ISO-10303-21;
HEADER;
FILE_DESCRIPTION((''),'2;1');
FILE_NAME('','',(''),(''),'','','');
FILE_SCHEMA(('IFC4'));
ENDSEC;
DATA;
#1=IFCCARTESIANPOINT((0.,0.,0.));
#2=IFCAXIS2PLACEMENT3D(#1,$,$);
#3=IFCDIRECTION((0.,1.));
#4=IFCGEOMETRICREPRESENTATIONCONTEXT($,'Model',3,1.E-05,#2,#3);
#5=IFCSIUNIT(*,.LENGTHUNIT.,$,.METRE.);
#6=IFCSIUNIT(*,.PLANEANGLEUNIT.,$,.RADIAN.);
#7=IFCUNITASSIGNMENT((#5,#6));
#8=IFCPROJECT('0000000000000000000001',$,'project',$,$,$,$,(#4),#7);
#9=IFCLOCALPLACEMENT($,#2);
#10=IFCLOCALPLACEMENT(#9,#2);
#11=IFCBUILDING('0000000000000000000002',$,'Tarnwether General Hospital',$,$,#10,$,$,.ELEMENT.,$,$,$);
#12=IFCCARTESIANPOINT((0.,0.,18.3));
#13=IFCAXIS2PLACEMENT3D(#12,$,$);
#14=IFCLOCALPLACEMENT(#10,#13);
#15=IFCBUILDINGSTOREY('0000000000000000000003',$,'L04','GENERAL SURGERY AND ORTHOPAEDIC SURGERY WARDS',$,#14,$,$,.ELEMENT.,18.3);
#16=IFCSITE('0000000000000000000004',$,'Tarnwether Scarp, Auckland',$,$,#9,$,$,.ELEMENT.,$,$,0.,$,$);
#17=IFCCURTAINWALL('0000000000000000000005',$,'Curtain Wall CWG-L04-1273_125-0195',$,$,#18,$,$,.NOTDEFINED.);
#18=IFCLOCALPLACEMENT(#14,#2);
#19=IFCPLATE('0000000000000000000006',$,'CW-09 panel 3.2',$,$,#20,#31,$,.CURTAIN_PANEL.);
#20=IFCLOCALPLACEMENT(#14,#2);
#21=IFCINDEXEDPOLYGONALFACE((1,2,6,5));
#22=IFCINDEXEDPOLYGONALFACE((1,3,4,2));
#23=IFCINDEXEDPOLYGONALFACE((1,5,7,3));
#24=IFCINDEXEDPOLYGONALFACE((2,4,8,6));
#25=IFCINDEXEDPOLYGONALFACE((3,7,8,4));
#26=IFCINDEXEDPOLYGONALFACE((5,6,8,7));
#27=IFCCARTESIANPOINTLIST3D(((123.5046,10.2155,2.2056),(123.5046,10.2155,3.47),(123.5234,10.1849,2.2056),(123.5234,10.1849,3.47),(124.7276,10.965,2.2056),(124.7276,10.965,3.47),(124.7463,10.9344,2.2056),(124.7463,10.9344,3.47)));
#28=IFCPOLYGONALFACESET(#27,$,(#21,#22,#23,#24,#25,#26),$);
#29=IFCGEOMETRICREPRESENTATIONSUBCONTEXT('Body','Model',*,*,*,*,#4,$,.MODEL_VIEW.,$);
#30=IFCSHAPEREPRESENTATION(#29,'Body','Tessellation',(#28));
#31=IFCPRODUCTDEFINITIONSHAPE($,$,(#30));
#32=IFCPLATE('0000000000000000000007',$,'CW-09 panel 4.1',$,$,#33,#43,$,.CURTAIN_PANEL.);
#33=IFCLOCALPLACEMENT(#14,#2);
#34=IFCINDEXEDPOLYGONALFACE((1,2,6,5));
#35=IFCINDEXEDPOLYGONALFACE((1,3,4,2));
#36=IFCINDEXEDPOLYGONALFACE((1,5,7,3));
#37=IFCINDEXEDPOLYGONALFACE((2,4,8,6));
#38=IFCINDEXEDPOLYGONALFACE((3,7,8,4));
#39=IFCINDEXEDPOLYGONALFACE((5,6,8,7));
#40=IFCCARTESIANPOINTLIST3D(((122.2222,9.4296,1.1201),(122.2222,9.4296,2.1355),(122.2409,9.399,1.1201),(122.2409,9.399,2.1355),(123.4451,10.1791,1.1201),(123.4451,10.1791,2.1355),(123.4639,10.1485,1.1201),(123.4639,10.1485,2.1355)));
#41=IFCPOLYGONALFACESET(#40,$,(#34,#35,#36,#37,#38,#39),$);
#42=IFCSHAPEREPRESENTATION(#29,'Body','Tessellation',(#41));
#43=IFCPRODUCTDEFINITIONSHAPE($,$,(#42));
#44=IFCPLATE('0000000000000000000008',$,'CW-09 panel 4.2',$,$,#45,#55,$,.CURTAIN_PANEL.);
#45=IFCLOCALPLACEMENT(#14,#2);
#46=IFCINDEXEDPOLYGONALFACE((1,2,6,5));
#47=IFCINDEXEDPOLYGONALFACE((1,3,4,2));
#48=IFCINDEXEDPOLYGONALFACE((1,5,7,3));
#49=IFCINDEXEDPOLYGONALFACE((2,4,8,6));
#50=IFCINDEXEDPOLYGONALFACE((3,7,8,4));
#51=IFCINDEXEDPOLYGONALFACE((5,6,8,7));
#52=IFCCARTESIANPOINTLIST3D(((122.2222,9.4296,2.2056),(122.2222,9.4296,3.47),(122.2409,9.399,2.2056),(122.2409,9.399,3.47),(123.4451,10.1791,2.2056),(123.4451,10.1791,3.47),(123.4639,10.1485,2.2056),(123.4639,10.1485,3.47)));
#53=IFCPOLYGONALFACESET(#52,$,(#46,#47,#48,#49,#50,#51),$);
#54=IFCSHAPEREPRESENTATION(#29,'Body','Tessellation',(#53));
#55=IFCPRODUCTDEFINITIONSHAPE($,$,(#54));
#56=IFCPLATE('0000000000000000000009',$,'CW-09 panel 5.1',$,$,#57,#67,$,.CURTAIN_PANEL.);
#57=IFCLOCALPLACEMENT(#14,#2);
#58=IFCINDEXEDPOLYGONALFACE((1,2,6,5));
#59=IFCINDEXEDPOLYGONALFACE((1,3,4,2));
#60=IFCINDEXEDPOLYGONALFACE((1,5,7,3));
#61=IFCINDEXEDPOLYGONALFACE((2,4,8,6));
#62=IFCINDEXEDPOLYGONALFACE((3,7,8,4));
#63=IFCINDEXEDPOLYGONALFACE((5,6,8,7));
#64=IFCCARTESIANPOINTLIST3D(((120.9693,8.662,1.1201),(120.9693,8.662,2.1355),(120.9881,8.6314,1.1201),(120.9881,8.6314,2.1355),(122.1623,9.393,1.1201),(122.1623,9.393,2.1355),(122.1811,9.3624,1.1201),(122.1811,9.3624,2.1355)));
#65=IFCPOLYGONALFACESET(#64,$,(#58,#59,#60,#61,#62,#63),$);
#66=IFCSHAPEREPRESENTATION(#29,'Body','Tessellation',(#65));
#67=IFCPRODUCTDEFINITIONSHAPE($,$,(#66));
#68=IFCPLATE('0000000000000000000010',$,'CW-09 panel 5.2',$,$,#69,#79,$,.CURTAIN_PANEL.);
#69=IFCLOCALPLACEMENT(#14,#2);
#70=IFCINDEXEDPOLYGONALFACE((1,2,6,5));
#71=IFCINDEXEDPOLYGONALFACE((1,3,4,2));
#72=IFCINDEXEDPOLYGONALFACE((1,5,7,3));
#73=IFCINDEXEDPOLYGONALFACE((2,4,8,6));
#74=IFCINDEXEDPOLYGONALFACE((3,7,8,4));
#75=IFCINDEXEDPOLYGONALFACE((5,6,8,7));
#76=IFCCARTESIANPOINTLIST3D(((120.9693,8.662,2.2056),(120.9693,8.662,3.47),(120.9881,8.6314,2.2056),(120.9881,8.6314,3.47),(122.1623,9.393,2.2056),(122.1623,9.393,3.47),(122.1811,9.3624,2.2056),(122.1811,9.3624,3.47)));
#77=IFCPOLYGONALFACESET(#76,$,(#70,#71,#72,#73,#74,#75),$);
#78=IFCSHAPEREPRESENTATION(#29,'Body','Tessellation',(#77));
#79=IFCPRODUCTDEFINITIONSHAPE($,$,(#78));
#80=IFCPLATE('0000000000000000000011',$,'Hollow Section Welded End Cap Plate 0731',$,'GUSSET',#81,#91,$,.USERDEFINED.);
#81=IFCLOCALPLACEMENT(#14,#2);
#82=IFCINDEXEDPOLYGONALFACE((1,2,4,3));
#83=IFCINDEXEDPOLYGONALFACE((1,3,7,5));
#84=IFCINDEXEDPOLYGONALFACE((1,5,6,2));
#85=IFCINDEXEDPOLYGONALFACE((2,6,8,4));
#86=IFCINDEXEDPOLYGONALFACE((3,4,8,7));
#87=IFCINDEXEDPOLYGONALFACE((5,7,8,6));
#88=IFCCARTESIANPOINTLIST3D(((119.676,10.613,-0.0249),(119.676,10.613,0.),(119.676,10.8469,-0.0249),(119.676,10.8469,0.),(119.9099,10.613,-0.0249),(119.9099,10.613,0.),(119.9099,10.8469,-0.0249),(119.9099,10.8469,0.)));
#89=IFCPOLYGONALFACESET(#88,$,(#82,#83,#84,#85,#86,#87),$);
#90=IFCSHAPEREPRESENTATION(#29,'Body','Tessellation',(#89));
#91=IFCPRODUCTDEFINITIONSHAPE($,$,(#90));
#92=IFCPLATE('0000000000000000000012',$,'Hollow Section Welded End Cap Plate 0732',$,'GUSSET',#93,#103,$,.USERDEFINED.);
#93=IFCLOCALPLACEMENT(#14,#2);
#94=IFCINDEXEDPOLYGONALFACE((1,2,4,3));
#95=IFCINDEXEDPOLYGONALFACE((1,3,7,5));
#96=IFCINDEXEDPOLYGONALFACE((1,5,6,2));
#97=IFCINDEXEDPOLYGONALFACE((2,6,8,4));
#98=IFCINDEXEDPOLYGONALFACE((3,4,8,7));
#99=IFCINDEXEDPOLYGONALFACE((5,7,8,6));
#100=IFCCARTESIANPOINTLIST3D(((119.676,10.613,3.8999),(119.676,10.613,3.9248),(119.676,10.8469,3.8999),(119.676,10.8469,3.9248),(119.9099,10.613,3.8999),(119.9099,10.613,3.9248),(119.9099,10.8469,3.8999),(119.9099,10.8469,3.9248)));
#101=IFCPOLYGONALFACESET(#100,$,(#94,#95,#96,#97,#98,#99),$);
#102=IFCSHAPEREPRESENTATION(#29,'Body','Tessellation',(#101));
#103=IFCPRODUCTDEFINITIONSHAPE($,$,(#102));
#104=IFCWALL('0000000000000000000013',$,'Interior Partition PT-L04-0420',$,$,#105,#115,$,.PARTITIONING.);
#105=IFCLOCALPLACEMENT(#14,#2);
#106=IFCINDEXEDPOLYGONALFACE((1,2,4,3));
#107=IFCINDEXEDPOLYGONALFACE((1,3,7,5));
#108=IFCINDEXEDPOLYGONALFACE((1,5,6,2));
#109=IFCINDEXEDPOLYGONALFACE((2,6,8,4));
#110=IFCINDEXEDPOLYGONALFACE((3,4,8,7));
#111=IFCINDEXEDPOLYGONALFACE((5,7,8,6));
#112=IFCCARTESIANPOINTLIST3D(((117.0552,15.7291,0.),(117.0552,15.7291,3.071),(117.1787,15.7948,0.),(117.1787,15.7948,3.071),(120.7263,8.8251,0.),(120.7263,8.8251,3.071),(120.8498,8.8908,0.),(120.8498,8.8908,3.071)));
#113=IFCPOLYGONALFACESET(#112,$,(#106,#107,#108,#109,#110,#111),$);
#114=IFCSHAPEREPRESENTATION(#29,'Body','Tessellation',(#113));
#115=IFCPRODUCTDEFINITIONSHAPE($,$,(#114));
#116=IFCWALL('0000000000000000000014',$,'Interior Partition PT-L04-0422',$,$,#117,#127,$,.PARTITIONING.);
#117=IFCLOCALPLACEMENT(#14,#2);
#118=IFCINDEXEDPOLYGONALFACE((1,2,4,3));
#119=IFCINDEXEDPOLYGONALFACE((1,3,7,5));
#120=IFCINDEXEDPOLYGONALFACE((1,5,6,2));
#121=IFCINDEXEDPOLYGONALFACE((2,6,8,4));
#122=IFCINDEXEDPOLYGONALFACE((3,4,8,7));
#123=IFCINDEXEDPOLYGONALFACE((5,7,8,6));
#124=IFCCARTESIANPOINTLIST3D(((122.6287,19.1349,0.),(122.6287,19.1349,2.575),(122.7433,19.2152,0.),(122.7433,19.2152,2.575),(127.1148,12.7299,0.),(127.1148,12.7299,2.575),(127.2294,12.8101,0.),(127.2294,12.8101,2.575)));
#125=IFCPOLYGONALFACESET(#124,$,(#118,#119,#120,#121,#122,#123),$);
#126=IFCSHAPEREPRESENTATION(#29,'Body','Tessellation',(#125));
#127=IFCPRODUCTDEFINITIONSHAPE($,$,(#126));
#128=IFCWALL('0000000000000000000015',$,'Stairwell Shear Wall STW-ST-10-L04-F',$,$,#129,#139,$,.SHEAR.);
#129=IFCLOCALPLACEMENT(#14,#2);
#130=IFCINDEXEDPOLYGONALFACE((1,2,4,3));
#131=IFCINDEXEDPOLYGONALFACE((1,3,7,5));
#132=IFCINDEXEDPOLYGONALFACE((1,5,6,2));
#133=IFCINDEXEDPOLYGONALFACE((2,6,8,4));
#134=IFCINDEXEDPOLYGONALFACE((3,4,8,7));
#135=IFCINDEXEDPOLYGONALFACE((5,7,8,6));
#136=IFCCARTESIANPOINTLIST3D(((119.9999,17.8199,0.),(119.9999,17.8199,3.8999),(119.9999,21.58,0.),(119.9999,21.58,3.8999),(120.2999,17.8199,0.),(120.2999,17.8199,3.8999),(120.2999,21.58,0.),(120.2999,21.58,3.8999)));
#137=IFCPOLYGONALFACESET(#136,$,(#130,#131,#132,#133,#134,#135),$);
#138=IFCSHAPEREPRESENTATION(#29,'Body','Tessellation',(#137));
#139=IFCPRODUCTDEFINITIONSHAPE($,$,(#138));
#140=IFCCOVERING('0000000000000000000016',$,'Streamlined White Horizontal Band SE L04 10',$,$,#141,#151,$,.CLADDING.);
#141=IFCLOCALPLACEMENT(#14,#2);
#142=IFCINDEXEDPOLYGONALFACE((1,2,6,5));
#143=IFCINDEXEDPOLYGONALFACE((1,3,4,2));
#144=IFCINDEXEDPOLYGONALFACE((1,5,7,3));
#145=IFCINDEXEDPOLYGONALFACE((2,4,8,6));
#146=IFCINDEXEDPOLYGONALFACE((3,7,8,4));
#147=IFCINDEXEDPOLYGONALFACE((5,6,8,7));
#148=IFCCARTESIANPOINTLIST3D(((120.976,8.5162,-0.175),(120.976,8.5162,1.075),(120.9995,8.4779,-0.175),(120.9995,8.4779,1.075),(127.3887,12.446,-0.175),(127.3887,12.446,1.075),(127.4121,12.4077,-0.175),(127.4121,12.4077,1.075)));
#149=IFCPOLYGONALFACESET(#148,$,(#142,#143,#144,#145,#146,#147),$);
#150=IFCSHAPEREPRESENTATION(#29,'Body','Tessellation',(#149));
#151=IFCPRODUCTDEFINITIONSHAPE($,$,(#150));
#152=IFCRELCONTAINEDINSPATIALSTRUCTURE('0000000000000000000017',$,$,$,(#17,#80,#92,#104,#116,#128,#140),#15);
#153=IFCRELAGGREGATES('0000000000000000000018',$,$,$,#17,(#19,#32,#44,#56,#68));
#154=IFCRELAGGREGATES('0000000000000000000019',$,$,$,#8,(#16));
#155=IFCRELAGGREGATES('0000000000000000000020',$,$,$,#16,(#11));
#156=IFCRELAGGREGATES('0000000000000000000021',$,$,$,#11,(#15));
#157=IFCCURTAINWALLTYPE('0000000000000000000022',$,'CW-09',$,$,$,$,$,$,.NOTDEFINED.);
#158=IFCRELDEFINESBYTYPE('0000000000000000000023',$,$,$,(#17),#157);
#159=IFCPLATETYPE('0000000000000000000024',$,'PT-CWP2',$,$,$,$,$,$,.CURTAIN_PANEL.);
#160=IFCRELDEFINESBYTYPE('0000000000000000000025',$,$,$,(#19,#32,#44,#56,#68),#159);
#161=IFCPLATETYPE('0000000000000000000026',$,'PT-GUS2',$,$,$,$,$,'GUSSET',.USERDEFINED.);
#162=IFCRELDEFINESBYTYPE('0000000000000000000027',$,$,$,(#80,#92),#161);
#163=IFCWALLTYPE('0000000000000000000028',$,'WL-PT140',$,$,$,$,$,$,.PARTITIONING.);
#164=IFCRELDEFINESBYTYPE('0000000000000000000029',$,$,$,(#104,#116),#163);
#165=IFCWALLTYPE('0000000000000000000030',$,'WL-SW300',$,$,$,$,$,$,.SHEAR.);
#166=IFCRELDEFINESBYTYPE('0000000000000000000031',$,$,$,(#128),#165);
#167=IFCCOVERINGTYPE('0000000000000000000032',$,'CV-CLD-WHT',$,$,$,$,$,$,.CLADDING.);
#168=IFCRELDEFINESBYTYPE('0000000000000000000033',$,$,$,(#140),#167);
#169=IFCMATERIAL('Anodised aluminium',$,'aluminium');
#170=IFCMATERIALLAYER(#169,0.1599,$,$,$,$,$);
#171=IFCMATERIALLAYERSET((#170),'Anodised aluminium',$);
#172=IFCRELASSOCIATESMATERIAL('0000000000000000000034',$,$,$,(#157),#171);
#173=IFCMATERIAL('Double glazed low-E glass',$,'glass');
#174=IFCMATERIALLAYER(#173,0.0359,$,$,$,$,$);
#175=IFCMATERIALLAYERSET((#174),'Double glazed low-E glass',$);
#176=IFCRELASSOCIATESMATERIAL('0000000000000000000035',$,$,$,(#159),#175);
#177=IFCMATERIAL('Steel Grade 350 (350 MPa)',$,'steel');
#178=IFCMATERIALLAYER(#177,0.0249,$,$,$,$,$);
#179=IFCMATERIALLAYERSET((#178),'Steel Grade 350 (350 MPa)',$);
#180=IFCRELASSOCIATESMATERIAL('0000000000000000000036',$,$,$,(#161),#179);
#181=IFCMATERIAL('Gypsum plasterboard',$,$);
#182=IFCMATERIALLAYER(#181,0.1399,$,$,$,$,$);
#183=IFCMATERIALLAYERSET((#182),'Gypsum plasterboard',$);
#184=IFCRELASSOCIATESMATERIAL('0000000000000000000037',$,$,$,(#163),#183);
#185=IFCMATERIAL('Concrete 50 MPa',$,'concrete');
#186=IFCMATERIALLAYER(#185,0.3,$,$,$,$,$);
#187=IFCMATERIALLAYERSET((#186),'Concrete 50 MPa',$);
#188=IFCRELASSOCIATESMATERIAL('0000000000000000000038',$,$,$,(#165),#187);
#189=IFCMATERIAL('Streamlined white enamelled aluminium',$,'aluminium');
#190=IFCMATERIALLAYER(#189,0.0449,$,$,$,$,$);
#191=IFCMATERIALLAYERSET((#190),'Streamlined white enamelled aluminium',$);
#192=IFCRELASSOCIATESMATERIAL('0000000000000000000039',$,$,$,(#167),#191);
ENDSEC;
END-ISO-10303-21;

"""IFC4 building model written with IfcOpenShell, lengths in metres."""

from ifc_helpers import new_model, si_unit, direction, frame, frame_2d, origin, origin_2d, place, context, subcontext, project, spatial, rectangle, extrude, material, layer, layer_set, type_object, element, aggregate, save


model = new_model("IFC4")

# Units and contexts
model_context = context("Model", 3, precision=1e-05, world=origin(), true_north=direction((0.0, 1.0)))
body_context = subcontext(model_context, "Body", "Model", "MODEL_VIEW")
ifc_project = project(units=[si_unit("LENGTHUNIT", "METRE"), si_unit("PLANEANGLEUNIT", "RADIAN")], contexts=[model_context])

# Site, building, storey
site_placement = place(None, origin())
site = spatial("IfcSite", under=ifc_project, at=site_placement, Name="Tarnwether Scarp, Auckland", CompositionType="ELEMENT", RefElevation=0.0)
building_placement = place(site_placement, origin())
building = spatial("IfcBuilding", under=site, at=building_placement, Name="Tarnwether General Hospital", CompositionType="ELEMENT")
storey_placement = place(building_placement, frame((0.0, 0.0, 18.3)))
storey = spatial("IfcBuildingStorey", under=building, at=storey_placement, Name="L04", Description="GENERAL SURGERY AND ORTHOPAEDIC SURGERY WARDS", CompositionType="ELEMENT", Elevation=18.3)

# Curtain wall, plates
ifc_material_1 = material(Name="Anodised aluminium", Category="aluminium")
ifc_layer_1 = layer(ifc_material_1, 0.1599)
ifc_layer_set_1 = layer_set([ifc_layer_1], Name="Anodised aluminium")
curtain_wall_type = type_object("IfcCurtainWallType", Name="CW-09", PredefinedType="NOTDEFINED", material=ifc_layer_set_1)
curtain_wall_placement = place(storey_placement, origin())
curtain_wall = element("IfcCurtainWall", 1, at=curtain_wall_placement, inside=storey, type_object=curtain_wall_type, Name="Curtain Wall CWG-L04-1273_125-0195", PredefinedType="NOTDEFINED")
ifc_material_2 = material(Name="Double glazed low-E glass", Category="glass")
ifc_layer_2 = layer(ifc_material_2, 0.0359)
ifc_layer_set_2 = layer_set([ifc_layer_2], Name="Double glazed low-E glass")
plate_type_1 = type_object("IfcPlateType", Name="PT-CWP2", PredefinedType="CURTAIN_PANEL", material=ifc_layer_set_2)
plate_1_placement = place(storey_placement, frame((124.1255, 10.575, 2.2056), z_axis=(0.0, 0.0, 1.0), x_axis=(-0.852634, -0.522509, 0.0)))
plate_1 = element("IfcPlate", 2, at=plate_1_placement, type_object=plate_type_1, Name="CW-09 panel 3.2", PredefinedType="CURTAIN_PANEL", context=body_context, shape_type="SweptSolid", body=[
    extrude(rectangle(XDim=1.4343, YDim=0.0359, at=origin_2d()), origin(), (0.0, 0.0, 1.0), 1.2644),
])
plate_2_placement = place(storey_placement, frame((122.843, 9.7891, 1.1201), z_axis=(0.0, 0.0, 1.0), x_axis=(-0.852634, -0.522509, 0.0)))
plate_2 = element("IfcPlate", 3, at=plate_2_placement, type_object=plate_type_1, Name="CW-09 panel 4.1", PredefinedType="CURTAIN_PANEL", context=body_context, shape_type="SweptSolid", body=[
    extrude(rectangle(XDim=1.4343, YDim=0.0359, at=origin_2d()), origin(), (0.0, 0.0, 1.0), 1.0154),
])
plate_3_placement = place(storey_placement, frame((122.843, 9.7891, 2.2056), z_axis=(0.0, 0.0, 1.0), x_axis=(-0.852634, -0.522509, 0.0)))
plate_3 = element("IfcPlate", 4, at=plate_3_placement, type_object=plate_type_1, Name="CW-09 panel 4.2", PredefinedType="CURTAIN_PANEL", context=body_context, shape_type="SweptSolid", body=[
    extrude(rectangle(XDim=1.4343, YDim=0.0359, at=origin_2d()), origin(), (0.0, 0.0, 1.0), 1.2644),
])
plate_4_placement = place(storey_placement, frame((121.5752, 9.0122, 1.1201), z_axis=(0.0, 0.0, 1.0), x_axis=(-0.852634, -0.522509, 0.0)))
plate_4 = element("IfcPlate", 5, at=plate_4_placement, type_object=plate_type_1, Name="CW-09 panel 5.1", PredefinedType="CURTAIN_PANEL", context=body_context, shape_type="SweptSolid", body=[
    extrude(rectangle(XDim=1.3992, YDim=0.0359, at=origin_2d()), origin(), (0.0, 0.0, 1.0), 1.0154),
])
plate_5_placement = place(storey_placement, frame((121.5752, 9.0122, 2.2056), z_axis=(0.0, 0.0, 1.0), x_axis=(-0.852634, -0.522509, 0.0)))
plate_5 = element("IfcPlate", 6, at=plate_5_placement, type_object=plate_type_1, Name="CW-09 panel 5.2", PredefinedType="CURTAIN_PANEL", context=body_context, shape_type="SweptSolid", body=[
    extrude(rectangle(XDim=1.3992, YDim=0.0359, at=origin_2d()), origin(), (0.0, 0.0, 1.0), 1.2644),
])
aggregate(curtain_wall, [plate_1, plate_2, plate_3, plate_4, plate_5])

# Plates
ifc_material_3 = material(Name="Steel Grade 350 (350 MPa)", Category="steel")
ifc_layer_3 = layer(ifc_material_3, 0.0249)
ifc_layer_set_3 = layer_set([ifc_layer_3], Name="Steel Grade 350 (350 MPa)")
plate_type_2 = type_object("IfcPlateType", Name="PT-GUS2", ElementType="GUSSET", PredefinedType="USERDEFINED", material=ifc_layer_set_3)
for number, where, z_axis, x_axis, name in (
    (7, (119.793, 10.73, -0.0249), (0.0, 0.0, 1.0), (1.0, 0.0, 0.0), "Hollow Section Welded End Cap Plate 0731"),
    (8, (119.793, 10.73, 3.8999), (0.0, 0.0, 1.0), (1.0, 0.0, 0.0), "Hollow Section Welded End Cap Plate 0732"),
):
    element("IfcPlate", number, at=place(storey_placement, frame(where, z_axis=z_axis, x_axis=x_axis)), inside=storey, type_object=plate_type_2, Name=name, ObjectType="GUSSET", PredefinedType="USERDEFINED", context=body_context, shape_type="SweptSolid", body=[
        extrude(rectangle(XDim=0.2339, YDim=0.2339, at=origin_2d()), origin(), (0.0, 0.0, 1.0), 0.0249),
    ])

# Walls
ifc_material_4 = material(Name="Gypsum plasterboard")
ifc_layer_4 = layer(ifc_material_4, 0.1399)
ifc_layer_set_4 = layer_set([ifc_layer_4], Name="Gypsum plasterboard")
wall_type_1 = type_object("IfcWallType", Name="WL-PT140", PredefinedType="PARTITIONING", material=ifc_layer_set_4)
wall_1_placement = place(storey_placement, frame((117.1169, 15.762, 0.0), z_axis=(0.0, 0.0, 1.0), x_axis=(0.469491, -0.882937, 0.0)))
element("IfcWall", 9, at=wall_1_placement, inside=storey, type_object=wall_type_1, Name="Interior Partition PT-L04-0420", PredefinedType="PARTITIONING", context=body_context, shape_type="SweptSolid", body=[
    extrude(rectangle(XDim=7.8193, YDim=0.1399, at=frame_2d((3.9097, 0.0))), origin(), (0.0, 0.0, 1.0), 3.071),
])
wall_2_placement = place(storey_placement, frame((122.686, 19.175, 0.0), z_axis=(0.0, 0.0, 1.0), x_axis=(0.573682, -0.819078, 0.0)))
element("IfcWall", 10, at=wall_2_placement, inside=storey, type_object=wall_type_1, Name="Interior Partition PT-L04-0422", PredefinedType="PARTITIONING", context=body_context, shape_type="SweptSolid", body=[
    extrude(rectangle(XDim=7.8198, YDim=0.1399, at=frame_2d((3.9099, 0.0))), origin(), (0.0, 0.0, 1.0), 2.575),
])

# Wall
ifc_material_5 = material(Name="Concrete 50 MPa", Category="concrete")
ifc_layer_5 = layer(ifc_material_5, 0.3)
ifc_layer_set_5 = layer_set([ifc_layer_5], Name="Concrete 50 MPa")
wall_type_2 = type_object("IfcWallType", Name="WL-SW300", PredefinedType="SHEAR", material=ifc_layer_set_5)
wall_3_placement = place(storey_placement, frame((120.1499, 17.8201, 0.0), z_axis=(0.0, 0.0, 1.0), x_axis=(0.0, 1.0, 0.0)))
element("IfcWall", 11, at=wall_3_placement, inside=storey, type_object=wall_type_2, Name="Stairwell Shear Wall STW-ST-10-L04-F", PredefinedType="SHEAR", context=body_context, shape_type="SweptSolid", body=[
    extrude(rectangle(XDim=3.76, YDim=0.3, at=frame_2d((1.8799, 0.0))), origin(), (0.0, 0.0, 1.0), 3.8999),
])

# Covering
ifc_material_6 = material(Name="Streamlined white enamelled aluminium", Category="aluminium")
ifc_layer_6 = layer(ifc_material_6, 0.0449)
ifc_layer_set_6 = layer_set([ifc_layer_6], Name="Streamlined white enamelled aluminium")
covering_type = type_object("IfcCoveringType", Name="CV-CLD-WHT", PredefinedType="CLADDING", material=ifc_layer_set_6)
covering_placement = place(storey_placement, frame((124.1941, 10.4619, -0.175), z_axis=(0.0, 0.0, 1.0), x_axis=(-0.852631, -0.522513, 0.0)))
element("IfcCovering", 12, at=covering_placement, inside=storey, type_object=covering_type, Name="Streamlined White Horizontal Band SE L04 10", PredefinedType="CLADDING", context=body_context, shape_type="SweptSolid", body=[
    extrude(rectangle(XDim=7.521, YDim=0.0449, at=origin_2d()), origin(), (0.0, 0.0, 1.0), 1.25),
])

save(model, "model.ifc")
